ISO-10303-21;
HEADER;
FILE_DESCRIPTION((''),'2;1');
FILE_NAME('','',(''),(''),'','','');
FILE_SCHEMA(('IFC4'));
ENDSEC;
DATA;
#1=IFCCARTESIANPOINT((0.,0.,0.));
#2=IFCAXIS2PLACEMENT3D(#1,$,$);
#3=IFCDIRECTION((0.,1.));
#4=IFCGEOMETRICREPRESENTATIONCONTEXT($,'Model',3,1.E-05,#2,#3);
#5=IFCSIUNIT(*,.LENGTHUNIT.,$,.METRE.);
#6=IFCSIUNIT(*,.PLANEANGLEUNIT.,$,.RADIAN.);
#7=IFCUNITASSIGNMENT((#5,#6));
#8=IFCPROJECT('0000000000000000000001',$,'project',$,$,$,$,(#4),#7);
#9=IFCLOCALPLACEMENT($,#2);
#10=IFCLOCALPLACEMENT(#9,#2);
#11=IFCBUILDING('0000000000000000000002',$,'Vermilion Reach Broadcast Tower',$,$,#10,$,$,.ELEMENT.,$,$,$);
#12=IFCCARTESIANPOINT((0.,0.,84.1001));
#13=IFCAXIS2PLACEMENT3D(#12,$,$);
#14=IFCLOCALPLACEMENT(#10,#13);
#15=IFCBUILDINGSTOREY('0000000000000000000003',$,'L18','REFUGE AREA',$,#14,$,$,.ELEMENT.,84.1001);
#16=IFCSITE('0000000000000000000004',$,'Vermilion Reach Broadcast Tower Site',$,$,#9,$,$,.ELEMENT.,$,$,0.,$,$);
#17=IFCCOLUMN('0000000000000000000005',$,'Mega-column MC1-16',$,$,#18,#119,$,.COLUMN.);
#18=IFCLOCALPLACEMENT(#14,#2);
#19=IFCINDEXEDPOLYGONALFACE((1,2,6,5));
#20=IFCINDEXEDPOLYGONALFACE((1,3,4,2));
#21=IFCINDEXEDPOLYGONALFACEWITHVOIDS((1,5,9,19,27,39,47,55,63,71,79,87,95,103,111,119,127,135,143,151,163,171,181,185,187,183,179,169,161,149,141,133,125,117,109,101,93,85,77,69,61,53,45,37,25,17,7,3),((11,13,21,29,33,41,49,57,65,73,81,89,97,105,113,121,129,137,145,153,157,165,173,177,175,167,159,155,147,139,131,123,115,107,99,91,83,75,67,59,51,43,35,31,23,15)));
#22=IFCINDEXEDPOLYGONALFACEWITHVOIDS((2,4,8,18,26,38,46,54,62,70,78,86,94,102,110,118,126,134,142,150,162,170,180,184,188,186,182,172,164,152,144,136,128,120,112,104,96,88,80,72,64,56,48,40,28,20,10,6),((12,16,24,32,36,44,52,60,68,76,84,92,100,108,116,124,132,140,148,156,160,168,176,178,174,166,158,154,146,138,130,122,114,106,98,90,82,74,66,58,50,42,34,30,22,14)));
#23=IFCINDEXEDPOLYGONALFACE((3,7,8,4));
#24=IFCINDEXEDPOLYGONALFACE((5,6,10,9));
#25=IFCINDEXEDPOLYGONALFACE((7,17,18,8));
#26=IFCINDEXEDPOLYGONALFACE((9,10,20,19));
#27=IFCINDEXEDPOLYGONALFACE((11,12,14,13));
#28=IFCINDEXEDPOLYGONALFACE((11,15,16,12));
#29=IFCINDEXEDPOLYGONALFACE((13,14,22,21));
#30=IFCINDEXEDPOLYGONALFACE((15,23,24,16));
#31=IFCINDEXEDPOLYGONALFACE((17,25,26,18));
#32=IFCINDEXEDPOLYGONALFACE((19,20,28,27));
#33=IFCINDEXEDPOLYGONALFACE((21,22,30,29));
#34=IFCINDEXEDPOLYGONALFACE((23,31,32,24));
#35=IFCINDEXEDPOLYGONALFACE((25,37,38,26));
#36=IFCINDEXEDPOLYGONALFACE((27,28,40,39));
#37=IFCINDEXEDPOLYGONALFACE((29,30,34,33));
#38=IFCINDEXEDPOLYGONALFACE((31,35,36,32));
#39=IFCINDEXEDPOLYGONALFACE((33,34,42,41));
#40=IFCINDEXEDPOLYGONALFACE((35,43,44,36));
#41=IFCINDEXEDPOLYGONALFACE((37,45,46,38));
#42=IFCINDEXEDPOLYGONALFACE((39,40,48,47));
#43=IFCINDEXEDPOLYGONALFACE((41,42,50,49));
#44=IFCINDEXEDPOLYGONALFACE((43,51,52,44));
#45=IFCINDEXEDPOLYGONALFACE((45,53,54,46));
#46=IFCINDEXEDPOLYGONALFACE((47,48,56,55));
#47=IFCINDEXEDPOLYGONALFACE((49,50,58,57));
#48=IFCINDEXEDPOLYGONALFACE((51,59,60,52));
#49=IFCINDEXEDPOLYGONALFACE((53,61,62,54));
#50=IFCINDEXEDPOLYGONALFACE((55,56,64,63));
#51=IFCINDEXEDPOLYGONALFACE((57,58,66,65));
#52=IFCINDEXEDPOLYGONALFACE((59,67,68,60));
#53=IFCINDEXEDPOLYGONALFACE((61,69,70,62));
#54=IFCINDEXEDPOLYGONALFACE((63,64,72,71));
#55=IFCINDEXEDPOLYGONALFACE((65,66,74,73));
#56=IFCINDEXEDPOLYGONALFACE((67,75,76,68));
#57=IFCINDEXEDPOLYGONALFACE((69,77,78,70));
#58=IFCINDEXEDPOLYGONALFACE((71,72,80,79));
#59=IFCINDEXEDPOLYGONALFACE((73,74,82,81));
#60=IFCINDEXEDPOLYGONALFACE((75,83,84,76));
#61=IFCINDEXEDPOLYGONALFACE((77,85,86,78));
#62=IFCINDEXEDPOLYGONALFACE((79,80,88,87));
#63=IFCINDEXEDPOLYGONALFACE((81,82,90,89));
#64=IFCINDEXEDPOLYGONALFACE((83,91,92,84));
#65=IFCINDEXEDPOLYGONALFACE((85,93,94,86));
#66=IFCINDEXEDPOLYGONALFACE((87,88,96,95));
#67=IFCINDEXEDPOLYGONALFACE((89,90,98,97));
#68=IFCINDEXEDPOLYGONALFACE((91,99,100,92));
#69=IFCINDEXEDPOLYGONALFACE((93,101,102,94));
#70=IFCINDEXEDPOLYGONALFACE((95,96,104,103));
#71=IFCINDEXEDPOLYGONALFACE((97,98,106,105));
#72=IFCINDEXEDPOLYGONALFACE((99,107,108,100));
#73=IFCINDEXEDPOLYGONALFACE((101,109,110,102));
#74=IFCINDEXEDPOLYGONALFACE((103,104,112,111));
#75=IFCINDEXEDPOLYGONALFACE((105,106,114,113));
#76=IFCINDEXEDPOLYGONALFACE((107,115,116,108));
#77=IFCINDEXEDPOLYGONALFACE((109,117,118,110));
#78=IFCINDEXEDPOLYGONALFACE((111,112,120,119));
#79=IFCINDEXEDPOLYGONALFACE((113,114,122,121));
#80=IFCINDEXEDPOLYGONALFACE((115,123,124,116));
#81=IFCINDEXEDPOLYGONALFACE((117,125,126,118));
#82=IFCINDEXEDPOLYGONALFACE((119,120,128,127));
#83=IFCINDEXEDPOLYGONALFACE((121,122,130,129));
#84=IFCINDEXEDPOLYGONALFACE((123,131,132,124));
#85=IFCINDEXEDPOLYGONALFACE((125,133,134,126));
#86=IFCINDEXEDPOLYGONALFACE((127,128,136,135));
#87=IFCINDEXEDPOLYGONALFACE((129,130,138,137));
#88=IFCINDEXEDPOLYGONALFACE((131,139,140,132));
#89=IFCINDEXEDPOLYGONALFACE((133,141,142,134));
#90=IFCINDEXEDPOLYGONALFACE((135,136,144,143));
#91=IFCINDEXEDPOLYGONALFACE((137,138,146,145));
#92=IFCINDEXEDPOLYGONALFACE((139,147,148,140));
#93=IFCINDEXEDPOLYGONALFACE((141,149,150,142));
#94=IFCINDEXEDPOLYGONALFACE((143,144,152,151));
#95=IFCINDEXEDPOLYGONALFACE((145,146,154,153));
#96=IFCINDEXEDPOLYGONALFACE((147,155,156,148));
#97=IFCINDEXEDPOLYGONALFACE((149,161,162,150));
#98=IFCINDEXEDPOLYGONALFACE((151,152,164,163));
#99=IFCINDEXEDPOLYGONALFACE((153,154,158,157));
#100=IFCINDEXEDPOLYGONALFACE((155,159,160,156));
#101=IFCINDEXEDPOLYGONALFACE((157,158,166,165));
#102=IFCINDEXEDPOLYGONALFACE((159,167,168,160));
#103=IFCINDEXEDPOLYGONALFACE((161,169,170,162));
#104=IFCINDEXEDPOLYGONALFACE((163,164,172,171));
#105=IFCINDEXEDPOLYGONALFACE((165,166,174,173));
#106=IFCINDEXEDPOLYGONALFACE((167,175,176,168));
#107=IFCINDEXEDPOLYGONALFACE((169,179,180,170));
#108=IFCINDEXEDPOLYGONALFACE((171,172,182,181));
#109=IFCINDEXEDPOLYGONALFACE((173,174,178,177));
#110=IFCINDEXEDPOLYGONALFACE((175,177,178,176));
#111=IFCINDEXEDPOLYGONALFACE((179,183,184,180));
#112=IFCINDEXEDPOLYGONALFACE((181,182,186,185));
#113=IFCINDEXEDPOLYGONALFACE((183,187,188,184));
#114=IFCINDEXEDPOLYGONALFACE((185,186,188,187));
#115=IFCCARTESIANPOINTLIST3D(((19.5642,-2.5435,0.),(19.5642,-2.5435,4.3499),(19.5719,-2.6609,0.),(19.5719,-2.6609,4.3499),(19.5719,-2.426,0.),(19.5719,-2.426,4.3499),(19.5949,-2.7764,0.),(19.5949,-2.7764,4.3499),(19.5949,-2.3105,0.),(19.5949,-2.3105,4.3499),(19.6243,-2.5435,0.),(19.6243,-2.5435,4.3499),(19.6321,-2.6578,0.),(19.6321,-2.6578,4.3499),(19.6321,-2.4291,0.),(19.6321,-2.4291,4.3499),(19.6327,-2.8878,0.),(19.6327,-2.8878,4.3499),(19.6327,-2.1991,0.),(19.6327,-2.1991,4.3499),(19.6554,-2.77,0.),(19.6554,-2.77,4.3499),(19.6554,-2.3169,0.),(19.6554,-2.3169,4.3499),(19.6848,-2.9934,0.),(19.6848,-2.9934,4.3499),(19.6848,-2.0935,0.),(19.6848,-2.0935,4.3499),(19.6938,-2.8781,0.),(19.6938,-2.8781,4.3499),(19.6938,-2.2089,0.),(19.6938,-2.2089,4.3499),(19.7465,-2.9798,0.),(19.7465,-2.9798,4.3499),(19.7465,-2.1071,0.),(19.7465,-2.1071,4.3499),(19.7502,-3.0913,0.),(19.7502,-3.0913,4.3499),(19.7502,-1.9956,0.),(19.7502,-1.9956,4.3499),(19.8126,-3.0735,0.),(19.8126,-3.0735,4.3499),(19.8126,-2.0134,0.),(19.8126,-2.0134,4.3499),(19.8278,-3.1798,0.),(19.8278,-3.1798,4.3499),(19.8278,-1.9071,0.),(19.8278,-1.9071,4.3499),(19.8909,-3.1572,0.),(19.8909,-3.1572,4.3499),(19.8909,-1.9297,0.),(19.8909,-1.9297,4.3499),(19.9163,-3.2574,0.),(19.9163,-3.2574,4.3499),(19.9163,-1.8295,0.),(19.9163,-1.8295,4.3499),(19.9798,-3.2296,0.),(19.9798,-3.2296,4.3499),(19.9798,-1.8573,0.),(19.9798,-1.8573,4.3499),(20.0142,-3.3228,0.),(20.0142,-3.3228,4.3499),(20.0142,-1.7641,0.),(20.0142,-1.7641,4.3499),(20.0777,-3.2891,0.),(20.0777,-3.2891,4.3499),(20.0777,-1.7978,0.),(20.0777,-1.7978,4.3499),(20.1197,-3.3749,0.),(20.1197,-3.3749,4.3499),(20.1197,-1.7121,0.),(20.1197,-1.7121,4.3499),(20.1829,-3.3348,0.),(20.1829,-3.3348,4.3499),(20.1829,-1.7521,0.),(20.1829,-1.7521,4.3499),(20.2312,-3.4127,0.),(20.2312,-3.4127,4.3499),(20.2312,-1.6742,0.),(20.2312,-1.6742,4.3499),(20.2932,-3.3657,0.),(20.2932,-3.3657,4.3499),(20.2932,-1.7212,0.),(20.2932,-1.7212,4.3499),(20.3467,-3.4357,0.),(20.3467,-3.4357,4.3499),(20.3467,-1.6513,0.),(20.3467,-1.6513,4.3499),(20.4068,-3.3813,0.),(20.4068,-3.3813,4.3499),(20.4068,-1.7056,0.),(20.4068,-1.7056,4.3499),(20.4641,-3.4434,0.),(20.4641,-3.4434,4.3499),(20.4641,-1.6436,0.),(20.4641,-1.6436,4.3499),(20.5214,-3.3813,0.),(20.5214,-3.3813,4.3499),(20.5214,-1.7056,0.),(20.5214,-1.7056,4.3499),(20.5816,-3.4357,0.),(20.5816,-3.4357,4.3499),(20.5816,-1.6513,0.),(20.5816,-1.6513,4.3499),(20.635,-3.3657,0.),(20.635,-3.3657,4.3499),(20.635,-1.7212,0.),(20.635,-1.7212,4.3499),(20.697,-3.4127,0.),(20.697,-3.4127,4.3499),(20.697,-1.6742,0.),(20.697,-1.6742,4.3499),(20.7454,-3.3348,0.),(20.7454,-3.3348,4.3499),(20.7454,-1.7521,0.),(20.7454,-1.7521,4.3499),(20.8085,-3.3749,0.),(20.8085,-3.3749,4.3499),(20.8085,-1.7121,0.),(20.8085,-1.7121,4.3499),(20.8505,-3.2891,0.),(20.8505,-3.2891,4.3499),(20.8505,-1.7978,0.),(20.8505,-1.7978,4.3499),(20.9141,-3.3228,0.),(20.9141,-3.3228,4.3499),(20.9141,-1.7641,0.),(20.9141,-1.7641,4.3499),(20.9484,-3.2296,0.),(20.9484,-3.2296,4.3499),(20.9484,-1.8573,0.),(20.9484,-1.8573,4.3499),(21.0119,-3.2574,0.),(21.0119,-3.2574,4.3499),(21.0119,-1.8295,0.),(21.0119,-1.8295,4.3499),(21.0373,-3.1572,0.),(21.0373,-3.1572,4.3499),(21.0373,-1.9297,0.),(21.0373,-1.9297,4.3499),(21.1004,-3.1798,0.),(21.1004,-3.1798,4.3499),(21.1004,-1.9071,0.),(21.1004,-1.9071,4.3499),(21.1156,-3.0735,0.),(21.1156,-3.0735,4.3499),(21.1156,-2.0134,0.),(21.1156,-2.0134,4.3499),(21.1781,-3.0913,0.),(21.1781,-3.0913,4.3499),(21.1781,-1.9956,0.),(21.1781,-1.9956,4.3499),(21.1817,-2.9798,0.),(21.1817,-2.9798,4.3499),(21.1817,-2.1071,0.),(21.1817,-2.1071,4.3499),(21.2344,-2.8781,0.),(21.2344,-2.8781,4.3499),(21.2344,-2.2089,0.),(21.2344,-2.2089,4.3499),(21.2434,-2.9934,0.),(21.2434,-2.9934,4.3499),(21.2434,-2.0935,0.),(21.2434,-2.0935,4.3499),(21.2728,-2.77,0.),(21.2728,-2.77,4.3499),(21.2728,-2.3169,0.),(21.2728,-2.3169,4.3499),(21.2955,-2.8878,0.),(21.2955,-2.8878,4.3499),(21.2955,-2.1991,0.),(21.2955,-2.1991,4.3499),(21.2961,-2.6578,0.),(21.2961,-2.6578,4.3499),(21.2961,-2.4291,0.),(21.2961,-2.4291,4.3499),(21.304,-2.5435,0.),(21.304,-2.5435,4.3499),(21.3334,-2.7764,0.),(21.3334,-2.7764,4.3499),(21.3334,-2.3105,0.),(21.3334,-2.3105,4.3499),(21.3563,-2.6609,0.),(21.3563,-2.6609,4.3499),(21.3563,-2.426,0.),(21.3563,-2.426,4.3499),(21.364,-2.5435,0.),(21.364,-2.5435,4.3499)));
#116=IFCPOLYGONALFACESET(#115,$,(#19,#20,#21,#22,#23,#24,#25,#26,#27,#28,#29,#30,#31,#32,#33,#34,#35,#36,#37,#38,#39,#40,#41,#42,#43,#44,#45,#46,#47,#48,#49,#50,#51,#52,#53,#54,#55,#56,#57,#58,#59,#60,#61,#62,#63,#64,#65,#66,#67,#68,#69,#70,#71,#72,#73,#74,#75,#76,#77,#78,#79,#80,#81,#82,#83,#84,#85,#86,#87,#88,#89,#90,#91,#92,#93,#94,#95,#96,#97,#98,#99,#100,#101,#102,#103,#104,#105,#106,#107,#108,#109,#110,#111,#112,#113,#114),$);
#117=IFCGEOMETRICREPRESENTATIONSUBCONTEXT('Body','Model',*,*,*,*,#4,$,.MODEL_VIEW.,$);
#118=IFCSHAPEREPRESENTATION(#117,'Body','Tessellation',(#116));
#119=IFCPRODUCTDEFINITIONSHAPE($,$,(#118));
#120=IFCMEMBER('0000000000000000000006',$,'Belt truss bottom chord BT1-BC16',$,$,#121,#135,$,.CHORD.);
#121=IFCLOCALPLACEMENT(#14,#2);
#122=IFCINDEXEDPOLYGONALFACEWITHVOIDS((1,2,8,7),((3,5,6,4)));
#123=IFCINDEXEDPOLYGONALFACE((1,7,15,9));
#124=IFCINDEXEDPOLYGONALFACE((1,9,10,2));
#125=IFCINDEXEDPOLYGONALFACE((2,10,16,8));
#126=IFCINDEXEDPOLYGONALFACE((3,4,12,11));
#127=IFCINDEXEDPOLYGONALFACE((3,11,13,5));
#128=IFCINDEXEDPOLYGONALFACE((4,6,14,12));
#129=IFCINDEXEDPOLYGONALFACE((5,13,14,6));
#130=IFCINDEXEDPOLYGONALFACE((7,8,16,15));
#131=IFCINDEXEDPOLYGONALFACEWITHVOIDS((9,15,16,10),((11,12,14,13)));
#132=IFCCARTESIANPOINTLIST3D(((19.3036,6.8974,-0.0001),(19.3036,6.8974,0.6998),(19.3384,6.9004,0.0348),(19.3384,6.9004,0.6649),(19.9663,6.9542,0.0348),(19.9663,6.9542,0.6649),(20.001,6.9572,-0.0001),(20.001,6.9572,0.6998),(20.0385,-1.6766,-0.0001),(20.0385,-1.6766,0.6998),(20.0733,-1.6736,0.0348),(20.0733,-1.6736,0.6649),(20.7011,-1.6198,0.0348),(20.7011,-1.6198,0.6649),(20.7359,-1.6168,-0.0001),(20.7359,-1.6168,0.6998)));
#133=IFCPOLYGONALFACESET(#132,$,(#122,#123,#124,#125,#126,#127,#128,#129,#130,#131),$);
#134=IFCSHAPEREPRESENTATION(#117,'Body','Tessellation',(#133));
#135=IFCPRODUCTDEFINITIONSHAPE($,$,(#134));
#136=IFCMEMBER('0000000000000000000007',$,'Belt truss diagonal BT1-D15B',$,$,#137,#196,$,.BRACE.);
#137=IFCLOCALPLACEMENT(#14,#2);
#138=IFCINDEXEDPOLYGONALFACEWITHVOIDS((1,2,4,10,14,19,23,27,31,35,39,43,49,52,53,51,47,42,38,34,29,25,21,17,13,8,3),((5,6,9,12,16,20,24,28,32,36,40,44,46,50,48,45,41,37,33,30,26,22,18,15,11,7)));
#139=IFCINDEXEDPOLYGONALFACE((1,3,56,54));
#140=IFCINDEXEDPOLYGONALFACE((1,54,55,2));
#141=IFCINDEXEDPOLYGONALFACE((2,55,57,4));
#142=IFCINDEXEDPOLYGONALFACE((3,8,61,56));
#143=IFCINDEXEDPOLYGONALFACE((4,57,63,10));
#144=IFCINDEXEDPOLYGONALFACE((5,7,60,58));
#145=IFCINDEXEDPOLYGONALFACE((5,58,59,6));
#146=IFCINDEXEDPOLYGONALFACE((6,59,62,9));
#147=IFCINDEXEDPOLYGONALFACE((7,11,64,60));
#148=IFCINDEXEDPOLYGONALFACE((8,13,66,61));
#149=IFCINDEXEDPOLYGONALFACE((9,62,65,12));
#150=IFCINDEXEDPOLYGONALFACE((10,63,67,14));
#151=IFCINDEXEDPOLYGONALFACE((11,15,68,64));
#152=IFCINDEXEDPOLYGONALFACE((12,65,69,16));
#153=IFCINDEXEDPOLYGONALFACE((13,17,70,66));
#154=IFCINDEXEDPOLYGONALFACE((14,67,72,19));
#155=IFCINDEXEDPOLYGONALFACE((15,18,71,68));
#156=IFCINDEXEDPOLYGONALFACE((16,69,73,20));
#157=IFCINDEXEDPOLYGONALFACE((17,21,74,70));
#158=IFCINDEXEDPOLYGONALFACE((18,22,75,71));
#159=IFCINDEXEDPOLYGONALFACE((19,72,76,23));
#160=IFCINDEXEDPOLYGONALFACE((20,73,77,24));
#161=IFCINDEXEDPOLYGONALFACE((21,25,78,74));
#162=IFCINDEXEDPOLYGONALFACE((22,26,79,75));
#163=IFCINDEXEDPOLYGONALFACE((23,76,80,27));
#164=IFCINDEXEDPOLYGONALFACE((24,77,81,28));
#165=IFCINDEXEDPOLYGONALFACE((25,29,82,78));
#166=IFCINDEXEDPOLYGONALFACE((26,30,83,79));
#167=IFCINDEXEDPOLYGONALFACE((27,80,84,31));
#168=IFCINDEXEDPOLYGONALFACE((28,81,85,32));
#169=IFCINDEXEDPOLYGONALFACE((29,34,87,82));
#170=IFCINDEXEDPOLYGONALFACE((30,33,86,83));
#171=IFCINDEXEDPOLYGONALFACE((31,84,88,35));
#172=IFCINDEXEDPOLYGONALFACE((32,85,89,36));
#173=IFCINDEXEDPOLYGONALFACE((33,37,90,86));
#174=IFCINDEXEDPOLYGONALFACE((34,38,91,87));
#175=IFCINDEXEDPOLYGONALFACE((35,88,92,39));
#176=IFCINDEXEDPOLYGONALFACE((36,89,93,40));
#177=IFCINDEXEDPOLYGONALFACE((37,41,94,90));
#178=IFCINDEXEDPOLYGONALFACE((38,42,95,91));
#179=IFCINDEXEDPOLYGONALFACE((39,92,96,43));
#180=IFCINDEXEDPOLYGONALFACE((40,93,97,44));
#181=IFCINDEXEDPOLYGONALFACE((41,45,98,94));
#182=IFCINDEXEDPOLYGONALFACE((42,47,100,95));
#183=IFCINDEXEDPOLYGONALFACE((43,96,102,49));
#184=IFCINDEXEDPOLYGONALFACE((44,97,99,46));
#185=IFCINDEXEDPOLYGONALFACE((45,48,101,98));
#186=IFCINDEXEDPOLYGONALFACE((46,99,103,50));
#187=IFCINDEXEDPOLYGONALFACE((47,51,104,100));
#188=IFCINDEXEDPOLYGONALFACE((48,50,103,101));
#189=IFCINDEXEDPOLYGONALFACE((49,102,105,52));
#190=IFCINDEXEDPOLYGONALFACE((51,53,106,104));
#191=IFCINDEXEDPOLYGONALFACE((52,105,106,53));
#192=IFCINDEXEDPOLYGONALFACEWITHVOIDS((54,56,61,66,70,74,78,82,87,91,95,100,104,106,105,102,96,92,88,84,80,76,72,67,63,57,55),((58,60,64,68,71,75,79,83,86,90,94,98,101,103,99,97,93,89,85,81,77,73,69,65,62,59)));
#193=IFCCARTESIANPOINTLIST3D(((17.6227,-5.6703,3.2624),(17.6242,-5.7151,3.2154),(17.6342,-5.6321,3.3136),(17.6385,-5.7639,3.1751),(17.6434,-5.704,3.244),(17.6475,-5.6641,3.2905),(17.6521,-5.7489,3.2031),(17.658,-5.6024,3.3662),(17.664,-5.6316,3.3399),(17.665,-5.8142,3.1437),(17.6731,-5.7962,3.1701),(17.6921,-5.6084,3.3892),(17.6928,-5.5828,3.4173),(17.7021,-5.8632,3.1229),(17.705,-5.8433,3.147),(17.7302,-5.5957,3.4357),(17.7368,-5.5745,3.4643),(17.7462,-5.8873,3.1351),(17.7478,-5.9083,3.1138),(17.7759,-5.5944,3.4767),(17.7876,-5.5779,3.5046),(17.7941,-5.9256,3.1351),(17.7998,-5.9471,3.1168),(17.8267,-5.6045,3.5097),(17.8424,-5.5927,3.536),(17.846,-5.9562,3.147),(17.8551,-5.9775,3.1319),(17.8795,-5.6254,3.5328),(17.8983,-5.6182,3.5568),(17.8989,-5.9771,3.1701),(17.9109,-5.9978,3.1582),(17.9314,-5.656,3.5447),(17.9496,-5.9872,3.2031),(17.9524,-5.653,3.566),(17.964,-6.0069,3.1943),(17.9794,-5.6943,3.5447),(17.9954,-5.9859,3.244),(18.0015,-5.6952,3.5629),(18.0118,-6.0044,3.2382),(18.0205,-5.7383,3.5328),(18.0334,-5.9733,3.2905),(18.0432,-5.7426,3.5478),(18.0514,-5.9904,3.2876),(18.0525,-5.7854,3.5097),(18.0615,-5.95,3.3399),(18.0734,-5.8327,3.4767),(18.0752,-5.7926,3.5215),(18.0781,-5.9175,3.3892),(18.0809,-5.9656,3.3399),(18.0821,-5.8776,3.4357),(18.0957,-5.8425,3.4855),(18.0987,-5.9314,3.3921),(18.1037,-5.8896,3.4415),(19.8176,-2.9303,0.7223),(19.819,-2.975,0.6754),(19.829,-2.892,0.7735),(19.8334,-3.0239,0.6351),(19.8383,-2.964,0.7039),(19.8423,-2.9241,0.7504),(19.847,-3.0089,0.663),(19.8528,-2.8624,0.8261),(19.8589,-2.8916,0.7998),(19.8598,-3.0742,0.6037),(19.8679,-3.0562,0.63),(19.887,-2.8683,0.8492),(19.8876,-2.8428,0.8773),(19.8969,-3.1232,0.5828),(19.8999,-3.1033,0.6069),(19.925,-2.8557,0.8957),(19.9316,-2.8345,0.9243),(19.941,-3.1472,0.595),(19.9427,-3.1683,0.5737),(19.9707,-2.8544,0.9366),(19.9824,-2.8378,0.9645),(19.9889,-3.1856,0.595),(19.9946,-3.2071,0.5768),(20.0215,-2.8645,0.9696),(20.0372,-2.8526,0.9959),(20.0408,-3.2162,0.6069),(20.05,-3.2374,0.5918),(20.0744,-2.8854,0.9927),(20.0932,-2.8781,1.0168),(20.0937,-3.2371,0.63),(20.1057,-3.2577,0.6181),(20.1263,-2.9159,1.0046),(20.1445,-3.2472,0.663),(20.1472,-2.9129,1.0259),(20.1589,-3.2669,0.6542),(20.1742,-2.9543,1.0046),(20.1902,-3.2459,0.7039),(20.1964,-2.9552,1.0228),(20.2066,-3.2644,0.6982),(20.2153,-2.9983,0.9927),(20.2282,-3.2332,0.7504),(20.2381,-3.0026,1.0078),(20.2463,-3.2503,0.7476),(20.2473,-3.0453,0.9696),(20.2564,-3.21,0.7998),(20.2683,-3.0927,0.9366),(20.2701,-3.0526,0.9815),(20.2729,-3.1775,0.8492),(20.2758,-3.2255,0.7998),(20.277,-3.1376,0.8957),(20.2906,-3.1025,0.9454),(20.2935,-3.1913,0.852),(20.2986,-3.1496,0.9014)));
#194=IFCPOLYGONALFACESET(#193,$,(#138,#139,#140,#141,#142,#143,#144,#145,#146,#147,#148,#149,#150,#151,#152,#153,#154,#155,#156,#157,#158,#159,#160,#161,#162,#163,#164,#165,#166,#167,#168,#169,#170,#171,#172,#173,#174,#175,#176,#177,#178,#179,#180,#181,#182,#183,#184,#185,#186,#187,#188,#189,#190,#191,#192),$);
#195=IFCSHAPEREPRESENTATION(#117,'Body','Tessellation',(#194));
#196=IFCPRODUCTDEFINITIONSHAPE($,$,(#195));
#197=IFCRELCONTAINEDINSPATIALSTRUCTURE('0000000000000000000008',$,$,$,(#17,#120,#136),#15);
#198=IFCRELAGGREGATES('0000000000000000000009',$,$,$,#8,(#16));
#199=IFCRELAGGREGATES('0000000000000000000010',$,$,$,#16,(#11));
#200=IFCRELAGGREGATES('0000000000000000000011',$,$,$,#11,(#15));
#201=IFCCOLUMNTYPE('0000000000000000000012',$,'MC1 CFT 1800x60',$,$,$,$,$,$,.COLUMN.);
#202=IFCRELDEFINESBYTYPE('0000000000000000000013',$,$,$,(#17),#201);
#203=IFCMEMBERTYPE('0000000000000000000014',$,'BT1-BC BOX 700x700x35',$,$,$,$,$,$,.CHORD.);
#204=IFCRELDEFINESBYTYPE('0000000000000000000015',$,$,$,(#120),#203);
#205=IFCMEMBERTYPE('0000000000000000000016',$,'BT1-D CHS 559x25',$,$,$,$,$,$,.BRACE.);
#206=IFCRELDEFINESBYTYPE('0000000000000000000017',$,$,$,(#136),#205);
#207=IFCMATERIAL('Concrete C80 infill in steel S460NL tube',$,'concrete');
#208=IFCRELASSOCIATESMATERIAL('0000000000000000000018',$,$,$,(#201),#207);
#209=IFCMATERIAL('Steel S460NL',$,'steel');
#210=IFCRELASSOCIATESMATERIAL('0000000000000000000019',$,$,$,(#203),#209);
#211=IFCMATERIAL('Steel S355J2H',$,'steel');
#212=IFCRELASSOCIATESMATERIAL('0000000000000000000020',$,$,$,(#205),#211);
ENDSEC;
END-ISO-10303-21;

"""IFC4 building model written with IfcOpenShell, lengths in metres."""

from ifc_helpers import new_model, si_unit, direction, frame, origin, origin_2d, place, context, subcontext, project, spatial, hollow_rectangle, hollow_circle, extrude, material, material_profile, profile_set, type_object, element, save


model = new_model("IFC4")

# Units and contexts
model_context = context("Model", 3, precision=1e-05, world=origin(), true_north=direction((0.0, 1.0)))
body_context = subcontext(model_context, "Body", "Model", "MODEL_VIEW")
ifc_project = project(units=[si_unit("LENGTHUNIT", "METRE"), si_unit("PLANEANGLEUNIT", "RADIAN")], contexts=[model_context])

# Site, building, storey
site_placement = place(None, origin())
site = spatial("IfcSite", under=ifc_project, at=site_placement, Name="Vermilion Reach Broadcast Tower Site", CompositionType="ELEMENT", RefElevation=0.0)
building_placement = place(site_placement, origin())
building = spatial("IfcBuilding", under=site, at=building_placement, Name="Vermilion Reach Broadcast Tower", CompositionType="ELEMENT")
storey_placement = place(building_placement, frame((0.0, 0.0, 84.1001)))
storey = spatial("IfcBuildingStorey", under=building, at=storey_placement, Name="L18", Description="REFUGE AREA", CompositionType="ELEMENT", Elevation=84.1001)

# Column
ifc_material_1 = material(Name="Concrete C80 infill in steel S460NL tube", Category="concrete")
ifc_material_profile_1 = material_profile(ifc_material_1, hollow_circle(Radius=0.8999, WallThickness=0.0601, at=origin_2d()), Name="Concrete C80 infill in steel S460NL tube CFT 1800x60")
ifc_profile_set_1 = profile_set([ifc_material_profile_1], Name="Concrete C80 infill in steel S460NL tube")
column_type = type_object("IfcColumnType", Name="MC1 CFT 1800x60", PredefinedType="COLUMN", material=ifc_profile_set_1)
column_placement = place(storey_placement, frame((20.4641, -2.5435, 0.0), z_axis=(0.0, 0.0, 1.0), x_axis=(1.0, 0.0, 0.0)))
element("IfcColumn", 1, at=column_placement, inside=storey, type_object=column_type, Name="Mega-column MC1-16", PredefinedType="COLUMN", context=body_context, shape_type="SweptSolid", body=[
    extrude(hollow_circle(Radius=0.8999, WallThickness=0.0601, at=origin_2d()), origin(), (0.0, 0.0, 1.0), 4.3499),
])

# Members
ifc_material_2 = material(Name="Steel S460NL", Category="steel")
ifc_material_profile_2 = material_profile(ifc_material_2, hollow_rectangle(XDim=0.7, YDim=0.7, WallThickness=0.0349, at=origin_2d()), Name="S460NL BOX 700x700x35")
ifc_profile_set_2 = profile_set([ifc_material_profile_2], Name="Steel S460NL")
member_type_1 = type_object("IfcMemberType", Name="BT1-BC BOX 700x700x35", PredefinedType="CHORD", material=ifc_profile_set_2)
member_1_placement = place(storey_placement, frame((20.3872, -1.6467, 0.3499), z_axis=(-0.085396, 0.996347, 0.0), x_axis=(-0.996347, -0.085396, 0.0)))
element("IfcMember", 2, at=member_1_placement, inside=storey, type_object=member_type_1, Name="Belt truss bottom chord BT1-BC16", PredefinedType="CHORD", context=body_context, shape_type="SweptSolid", body=[
    extrude(hollow_rectangle(XDim=0.7, YDim=0.7, WallThickness=0.0349, at=origin_2d()), origin(), (0.0, 0.0, 1.0), 8.6055),
])
ifc_material_3 = material(Name="Steel S355J2H", Category="steel")
ifc_material_profile_3 = material_profile(ifc_material_3, hollow_circle(Radius=0.2795, WallThickness=0.0249, at=origin_2d()), Name="S355J2H CHS 559x25")
ifc_profile_set_3 = profile_set([ifc_material_profile_3], Name="Steel S355J2H")
member_type_2 = type_object("IfcMemberType", Name="BT1-D CHS 559x25", PredefinedType="BRACE", material=ifc_profile_set_3)
member_2_placement = place(storey_placement, frame((20.0576, -3.0508, 0.7998), z_axis=(-0.506514, -0.632325, 0.586181), x_axis=(0.780475, -0.625187, 0.0)))
element("IfcMember", 3, at=member_2_placement, inside=storey, type_object=member_type_2, Name="Belt truss diagonal BT1-D15B", PredefinedType="BRACE", context=body_context, shape_type="SweptSolid", body=[
    extrude(hollow_circle(Radius=0.2795, WallThickness=0.0249, at=origin_2d()), origin(), (0.0, 0.0, 1.0), 4.3333),
])

save(model, "model.ifc")
